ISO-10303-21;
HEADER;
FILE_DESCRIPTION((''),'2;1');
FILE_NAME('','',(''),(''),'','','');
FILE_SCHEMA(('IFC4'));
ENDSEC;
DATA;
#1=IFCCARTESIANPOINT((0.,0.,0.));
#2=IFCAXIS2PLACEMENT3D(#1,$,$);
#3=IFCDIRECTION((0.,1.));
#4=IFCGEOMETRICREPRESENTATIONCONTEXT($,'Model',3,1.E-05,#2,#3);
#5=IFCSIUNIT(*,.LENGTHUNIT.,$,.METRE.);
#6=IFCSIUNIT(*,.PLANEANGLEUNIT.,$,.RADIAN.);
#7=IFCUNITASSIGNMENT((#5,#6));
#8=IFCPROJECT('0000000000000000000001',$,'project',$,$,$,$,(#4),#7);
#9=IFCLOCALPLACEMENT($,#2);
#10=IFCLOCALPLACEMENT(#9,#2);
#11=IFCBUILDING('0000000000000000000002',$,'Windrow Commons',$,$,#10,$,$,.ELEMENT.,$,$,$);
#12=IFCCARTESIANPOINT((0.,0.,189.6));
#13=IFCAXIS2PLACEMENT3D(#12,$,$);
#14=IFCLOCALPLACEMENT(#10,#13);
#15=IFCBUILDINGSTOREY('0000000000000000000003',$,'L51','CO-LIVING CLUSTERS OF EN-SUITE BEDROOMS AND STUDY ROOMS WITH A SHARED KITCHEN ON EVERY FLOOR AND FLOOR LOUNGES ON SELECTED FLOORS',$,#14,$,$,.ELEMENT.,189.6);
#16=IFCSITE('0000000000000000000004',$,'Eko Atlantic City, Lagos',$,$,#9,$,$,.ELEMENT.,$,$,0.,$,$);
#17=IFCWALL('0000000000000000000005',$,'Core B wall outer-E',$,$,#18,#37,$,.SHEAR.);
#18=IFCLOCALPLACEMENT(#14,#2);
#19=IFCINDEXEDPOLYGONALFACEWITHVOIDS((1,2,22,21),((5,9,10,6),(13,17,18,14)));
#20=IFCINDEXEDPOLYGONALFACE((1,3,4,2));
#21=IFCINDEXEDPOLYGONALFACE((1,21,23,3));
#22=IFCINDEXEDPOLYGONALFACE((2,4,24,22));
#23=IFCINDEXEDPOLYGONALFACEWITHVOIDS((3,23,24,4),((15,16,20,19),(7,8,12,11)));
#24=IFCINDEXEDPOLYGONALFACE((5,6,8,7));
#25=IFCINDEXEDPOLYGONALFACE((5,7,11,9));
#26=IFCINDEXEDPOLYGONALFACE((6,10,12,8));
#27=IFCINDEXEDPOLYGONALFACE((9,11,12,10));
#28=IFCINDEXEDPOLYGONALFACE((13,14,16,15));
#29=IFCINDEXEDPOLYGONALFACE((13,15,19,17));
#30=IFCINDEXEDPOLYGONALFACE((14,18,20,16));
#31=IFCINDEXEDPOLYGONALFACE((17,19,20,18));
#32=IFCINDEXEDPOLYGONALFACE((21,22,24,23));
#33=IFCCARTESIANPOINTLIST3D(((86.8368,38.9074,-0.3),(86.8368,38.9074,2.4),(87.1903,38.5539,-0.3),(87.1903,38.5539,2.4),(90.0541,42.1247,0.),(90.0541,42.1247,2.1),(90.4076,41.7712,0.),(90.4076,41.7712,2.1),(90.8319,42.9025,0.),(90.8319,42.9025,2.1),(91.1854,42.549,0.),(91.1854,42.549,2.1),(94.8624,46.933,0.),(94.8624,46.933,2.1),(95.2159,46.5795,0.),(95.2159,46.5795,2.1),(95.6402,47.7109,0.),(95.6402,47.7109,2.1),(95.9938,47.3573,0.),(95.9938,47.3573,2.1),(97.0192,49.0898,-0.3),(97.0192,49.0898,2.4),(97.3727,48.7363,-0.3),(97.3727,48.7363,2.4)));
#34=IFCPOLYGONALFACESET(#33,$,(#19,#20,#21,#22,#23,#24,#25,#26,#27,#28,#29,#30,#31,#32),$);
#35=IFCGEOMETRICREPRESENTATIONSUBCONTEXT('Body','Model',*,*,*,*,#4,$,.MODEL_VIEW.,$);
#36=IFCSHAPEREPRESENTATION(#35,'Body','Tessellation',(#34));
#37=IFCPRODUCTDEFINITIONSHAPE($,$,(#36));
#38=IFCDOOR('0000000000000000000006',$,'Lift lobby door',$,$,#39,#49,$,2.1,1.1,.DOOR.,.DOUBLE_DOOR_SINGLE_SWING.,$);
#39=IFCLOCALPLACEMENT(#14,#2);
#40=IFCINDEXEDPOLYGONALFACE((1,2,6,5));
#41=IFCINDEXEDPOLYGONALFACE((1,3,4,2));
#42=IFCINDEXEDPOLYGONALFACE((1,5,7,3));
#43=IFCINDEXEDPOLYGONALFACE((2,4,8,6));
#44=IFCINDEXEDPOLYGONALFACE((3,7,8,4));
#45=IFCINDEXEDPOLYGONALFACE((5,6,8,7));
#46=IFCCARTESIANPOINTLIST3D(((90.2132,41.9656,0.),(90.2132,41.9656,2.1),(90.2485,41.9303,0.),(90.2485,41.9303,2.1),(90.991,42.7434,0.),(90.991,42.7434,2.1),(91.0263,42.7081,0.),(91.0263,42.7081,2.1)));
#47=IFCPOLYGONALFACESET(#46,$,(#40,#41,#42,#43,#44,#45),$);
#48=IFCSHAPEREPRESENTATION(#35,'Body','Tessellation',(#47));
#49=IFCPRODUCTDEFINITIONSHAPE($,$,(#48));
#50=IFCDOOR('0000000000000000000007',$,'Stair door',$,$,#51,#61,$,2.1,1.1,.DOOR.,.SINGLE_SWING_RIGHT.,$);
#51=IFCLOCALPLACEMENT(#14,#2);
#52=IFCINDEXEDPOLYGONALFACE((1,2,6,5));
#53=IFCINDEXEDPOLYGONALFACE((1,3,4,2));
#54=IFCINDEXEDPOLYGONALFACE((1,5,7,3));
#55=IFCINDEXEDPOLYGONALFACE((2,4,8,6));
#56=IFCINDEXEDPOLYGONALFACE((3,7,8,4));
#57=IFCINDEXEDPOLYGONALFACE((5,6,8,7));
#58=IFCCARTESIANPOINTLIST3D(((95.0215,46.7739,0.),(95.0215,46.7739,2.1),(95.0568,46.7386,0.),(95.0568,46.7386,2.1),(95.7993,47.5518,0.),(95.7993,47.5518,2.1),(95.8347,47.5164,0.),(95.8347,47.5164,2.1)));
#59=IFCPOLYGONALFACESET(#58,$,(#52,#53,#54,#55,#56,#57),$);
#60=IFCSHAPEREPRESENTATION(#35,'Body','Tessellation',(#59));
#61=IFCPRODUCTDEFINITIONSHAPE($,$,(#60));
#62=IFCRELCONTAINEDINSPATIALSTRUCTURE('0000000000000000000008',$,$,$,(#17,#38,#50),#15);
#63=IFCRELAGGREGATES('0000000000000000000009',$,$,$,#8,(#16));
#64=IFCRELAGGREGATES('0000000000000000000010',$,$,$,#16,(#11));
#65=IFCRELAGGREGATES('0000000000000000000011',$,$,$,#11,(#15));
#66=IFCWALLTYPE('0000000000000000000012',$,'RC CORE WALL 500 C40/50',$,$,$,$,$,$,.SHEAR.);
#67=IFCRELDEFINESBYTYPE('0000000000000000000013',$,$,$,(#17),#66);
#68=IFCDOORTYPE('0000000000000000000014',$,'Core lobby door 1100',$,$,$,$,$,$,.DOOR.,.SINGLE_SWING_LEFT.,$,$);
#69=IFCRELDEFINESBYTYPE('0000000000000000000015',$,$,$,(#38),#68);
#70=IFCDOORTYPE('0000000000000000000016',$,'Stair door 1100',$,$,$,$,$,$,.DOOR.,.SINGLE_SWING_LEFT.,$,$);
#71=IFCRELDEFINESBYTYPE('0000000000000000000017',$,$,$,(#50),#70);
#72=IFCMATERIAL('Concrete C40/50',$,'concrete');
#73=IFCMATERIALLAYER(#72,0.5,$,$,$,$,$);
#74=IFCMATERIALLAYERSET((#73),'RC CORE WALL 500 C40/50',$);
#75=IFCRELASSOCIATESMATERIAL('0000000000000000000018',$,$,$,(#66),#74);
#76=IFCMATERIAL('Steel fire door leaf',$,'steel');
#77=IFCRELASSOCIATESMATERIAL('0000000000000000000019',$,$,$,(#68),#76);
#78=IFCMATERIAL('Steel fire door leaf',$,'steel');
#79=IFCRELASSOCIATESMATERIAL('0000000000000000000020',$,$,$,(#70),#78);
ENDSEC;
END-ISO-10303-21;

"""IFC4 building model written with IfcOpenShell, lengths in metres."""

from ifc_helpers import new_model, si_unit, direction, frame, frame_2d, origin, place, context, subcontext, project, spatial, rectangle, extrude, material, layer, layer_set, type_object, element, fill, save


model = new_model("IFC4")

# Units and contexts
model_context = context("Model", 3, precision=1e-05, world=origin(), true_north=direction((0.0, 1.0)))
body_context = subcontext(model_context, "Body", "Model", "MODEL_VIEW")
ifc_project = project(units=[si_unit("LENGTHUNIT", "METRE"), si_unit("PLANEANGLEUNIT", "RADIAN")], contexts=[model_context])

# Site, building, storey
site_placement = place(None, origin())
site = spatial("IfcSite", under=ifc_project, at=site_placement, Name="Eko Atlantic City, Lagos", CompositionType="ELEMENT", RefElevation=0.0)
building_placement = place(site_placement, origin())
building = spatial("IfcBuilding", under=site, at=building_placement, Name="Windrow Commons", CompositionType="ELEMENT")
storey_placement = place(building_placement, frame((0.0, 0.0, 189.6)))
storey = spatial("IfcBuildingStorey", under=building, at=storey_placement, Name="L51", Description="CO-LIVING CLUSTERS OF EN-SUITE BEDROOMS AND STUDY ROOMS WITH A SHARED KITCHEN ON EVERY FLOOR AND FLOOR LOUNGES ON SELECTED FLOORS", CompositionType="ELEMENT", Elevation=189.6)

# Wall, openings, doors
ifc_material_1 = material(Name="Concrete C40/50", Category="concrete")
ifc_layer_1 = layer(ifc_material_1, 0.5)
ifc_layer_set_1 = layer_set([ifc_layer_1], Name="RC CORE WALL 500 C40/50")
wall_type_1 = type_object("IfcWallType", Name="RC CORE WALL 500 C40/50", PredefinedType="SHEAR", material=ifc_layer_set_1)
wall_1_placement = place(storey_placement, frame((87.0135, 38.7306, -0.3), z_axis=(0.0, 0.0, 1.0), x_axis=(0.707107, 0.707107, 0.0)))
wall_1 = element("IfcWall", 1, at=wall_1_placement, inside=storey, type_object=wall_type_1, Name="Core B wall outer-E", PredefinedType="SHEAR", context=body_context, shape_type="SweptSolid", body=[
    extrude(rectangle(XDim=14.4001, YDim=0.5, at=frame_2d((7.2001, 0.0))), origin(), (0.0, 0.0, 1.0), 2.7),
])
opening_1_placement = place(wall_1_placement, frame((4.55, 0.0, 0.3)))
opening_1 = element("IfcOpeningElement", 2, at=opening_1_placement, cuts=wall_1, PredefinedType="OPENING", context=body_context, shape_type="SweptSolid", body=[
    extrude(rectangle(XDim=1.1, YDim=2.1, at=frame_2d((0.55, 1.05))), frame((0.0, 0.26, 0.0), z_axis=(0.0, -1.0, 0.0), x_axis=(1.0, 0.0, 0.0)), (0.0, 0.0, 1.0), 0.52),
])
opening_2_placement = place(wall_1_placement, frame((11.35, 0.0, 0.3)))
opening_2 = element("IfcOpeningElement", 3, at=opening_2_placement, cuts=wall_1, PredefinedType="OPENING", context=body_context, shape_type="SweptSolid", body=[
    extrude(rectangle(XDim=1.1, YDim=2.1, at=frame_2d((0.55, 1.05))), frame((0.0, 0.26, 0.0), z_axis=(0.0, -1.0, 0.0), x_axis=(1.0, 0.0, 0.0)), (0.0, 0.0, 1.0), 0.52),
])
ifc_material_2 = material(Name="Steel fire door leaf", Category="steel")
door_type_1 = type_object("IfcDoorType", Name="Core lobby door 1100", OperationType="SINGLE_SWING_LEFT", PredefinedType="DOOR", material=ifc_material_2)
door_1_placement = place(opening_1_placement, origin())
door_1 = element("IfcDoor", 4, at=door_1_placement, inside=storey, type_object=door_type_1, Name="Lift lobby door", OperationType="DOUBLE_DOOR_SINGLE_SWING", OverallHeight=2.1, OverallWidth=1.1, PredefinedType="DOOR", context=body_context, shape_type="SweptSolid", body=[
    extrude(rectangle(XDim=1.1, YDim=2.1, at=frame_2d((0.55, 1.05))), frame((0.0, 0.025, 0.0), z_axis=(0.0, -1.0, 0.0), x_axis=(1.0, 0.0, 0.0)), (0.0, 0.0, 1.0), 0.05),
])
fill(opening_1, door_1)
ifc_material_3 = material(Name="Steel fire door leaf", Category="steel")
door_type_2 = type_object("IfcDoorType", Name="Stair door 1100", OperationType="SINGLE_SWING_LEFT", PredefinedType="DOOR", material=ifc_material_3)
door_2_placement = place(opening_2_placement, origin())
door_2 = element("IfcDoor", 5, at=door_2_placement, inside=storey, type_object=door_type_2, Name="Stair door", OperationType="SINGLE_SWING_RIGHT", OverallHeight=2.1, OverallWidth=1.1, PredefinedType="DOOR", context=body_context, shape_type="SweptSolid", body=[
    extrude(rectangle(XDim=1.1, YDim=2.1, at=frame_2d((0.55, 1.05))), frame((0.0, 0.025, 0.0), z_axis=(0.0, -1.0, 0.0), x_axis=(1.0, 0.0, 0.0)), (0.0, 0.0, 1.0), 0.05),
])
fill(opening_2, door_2)

save(model, "model.ifc")
